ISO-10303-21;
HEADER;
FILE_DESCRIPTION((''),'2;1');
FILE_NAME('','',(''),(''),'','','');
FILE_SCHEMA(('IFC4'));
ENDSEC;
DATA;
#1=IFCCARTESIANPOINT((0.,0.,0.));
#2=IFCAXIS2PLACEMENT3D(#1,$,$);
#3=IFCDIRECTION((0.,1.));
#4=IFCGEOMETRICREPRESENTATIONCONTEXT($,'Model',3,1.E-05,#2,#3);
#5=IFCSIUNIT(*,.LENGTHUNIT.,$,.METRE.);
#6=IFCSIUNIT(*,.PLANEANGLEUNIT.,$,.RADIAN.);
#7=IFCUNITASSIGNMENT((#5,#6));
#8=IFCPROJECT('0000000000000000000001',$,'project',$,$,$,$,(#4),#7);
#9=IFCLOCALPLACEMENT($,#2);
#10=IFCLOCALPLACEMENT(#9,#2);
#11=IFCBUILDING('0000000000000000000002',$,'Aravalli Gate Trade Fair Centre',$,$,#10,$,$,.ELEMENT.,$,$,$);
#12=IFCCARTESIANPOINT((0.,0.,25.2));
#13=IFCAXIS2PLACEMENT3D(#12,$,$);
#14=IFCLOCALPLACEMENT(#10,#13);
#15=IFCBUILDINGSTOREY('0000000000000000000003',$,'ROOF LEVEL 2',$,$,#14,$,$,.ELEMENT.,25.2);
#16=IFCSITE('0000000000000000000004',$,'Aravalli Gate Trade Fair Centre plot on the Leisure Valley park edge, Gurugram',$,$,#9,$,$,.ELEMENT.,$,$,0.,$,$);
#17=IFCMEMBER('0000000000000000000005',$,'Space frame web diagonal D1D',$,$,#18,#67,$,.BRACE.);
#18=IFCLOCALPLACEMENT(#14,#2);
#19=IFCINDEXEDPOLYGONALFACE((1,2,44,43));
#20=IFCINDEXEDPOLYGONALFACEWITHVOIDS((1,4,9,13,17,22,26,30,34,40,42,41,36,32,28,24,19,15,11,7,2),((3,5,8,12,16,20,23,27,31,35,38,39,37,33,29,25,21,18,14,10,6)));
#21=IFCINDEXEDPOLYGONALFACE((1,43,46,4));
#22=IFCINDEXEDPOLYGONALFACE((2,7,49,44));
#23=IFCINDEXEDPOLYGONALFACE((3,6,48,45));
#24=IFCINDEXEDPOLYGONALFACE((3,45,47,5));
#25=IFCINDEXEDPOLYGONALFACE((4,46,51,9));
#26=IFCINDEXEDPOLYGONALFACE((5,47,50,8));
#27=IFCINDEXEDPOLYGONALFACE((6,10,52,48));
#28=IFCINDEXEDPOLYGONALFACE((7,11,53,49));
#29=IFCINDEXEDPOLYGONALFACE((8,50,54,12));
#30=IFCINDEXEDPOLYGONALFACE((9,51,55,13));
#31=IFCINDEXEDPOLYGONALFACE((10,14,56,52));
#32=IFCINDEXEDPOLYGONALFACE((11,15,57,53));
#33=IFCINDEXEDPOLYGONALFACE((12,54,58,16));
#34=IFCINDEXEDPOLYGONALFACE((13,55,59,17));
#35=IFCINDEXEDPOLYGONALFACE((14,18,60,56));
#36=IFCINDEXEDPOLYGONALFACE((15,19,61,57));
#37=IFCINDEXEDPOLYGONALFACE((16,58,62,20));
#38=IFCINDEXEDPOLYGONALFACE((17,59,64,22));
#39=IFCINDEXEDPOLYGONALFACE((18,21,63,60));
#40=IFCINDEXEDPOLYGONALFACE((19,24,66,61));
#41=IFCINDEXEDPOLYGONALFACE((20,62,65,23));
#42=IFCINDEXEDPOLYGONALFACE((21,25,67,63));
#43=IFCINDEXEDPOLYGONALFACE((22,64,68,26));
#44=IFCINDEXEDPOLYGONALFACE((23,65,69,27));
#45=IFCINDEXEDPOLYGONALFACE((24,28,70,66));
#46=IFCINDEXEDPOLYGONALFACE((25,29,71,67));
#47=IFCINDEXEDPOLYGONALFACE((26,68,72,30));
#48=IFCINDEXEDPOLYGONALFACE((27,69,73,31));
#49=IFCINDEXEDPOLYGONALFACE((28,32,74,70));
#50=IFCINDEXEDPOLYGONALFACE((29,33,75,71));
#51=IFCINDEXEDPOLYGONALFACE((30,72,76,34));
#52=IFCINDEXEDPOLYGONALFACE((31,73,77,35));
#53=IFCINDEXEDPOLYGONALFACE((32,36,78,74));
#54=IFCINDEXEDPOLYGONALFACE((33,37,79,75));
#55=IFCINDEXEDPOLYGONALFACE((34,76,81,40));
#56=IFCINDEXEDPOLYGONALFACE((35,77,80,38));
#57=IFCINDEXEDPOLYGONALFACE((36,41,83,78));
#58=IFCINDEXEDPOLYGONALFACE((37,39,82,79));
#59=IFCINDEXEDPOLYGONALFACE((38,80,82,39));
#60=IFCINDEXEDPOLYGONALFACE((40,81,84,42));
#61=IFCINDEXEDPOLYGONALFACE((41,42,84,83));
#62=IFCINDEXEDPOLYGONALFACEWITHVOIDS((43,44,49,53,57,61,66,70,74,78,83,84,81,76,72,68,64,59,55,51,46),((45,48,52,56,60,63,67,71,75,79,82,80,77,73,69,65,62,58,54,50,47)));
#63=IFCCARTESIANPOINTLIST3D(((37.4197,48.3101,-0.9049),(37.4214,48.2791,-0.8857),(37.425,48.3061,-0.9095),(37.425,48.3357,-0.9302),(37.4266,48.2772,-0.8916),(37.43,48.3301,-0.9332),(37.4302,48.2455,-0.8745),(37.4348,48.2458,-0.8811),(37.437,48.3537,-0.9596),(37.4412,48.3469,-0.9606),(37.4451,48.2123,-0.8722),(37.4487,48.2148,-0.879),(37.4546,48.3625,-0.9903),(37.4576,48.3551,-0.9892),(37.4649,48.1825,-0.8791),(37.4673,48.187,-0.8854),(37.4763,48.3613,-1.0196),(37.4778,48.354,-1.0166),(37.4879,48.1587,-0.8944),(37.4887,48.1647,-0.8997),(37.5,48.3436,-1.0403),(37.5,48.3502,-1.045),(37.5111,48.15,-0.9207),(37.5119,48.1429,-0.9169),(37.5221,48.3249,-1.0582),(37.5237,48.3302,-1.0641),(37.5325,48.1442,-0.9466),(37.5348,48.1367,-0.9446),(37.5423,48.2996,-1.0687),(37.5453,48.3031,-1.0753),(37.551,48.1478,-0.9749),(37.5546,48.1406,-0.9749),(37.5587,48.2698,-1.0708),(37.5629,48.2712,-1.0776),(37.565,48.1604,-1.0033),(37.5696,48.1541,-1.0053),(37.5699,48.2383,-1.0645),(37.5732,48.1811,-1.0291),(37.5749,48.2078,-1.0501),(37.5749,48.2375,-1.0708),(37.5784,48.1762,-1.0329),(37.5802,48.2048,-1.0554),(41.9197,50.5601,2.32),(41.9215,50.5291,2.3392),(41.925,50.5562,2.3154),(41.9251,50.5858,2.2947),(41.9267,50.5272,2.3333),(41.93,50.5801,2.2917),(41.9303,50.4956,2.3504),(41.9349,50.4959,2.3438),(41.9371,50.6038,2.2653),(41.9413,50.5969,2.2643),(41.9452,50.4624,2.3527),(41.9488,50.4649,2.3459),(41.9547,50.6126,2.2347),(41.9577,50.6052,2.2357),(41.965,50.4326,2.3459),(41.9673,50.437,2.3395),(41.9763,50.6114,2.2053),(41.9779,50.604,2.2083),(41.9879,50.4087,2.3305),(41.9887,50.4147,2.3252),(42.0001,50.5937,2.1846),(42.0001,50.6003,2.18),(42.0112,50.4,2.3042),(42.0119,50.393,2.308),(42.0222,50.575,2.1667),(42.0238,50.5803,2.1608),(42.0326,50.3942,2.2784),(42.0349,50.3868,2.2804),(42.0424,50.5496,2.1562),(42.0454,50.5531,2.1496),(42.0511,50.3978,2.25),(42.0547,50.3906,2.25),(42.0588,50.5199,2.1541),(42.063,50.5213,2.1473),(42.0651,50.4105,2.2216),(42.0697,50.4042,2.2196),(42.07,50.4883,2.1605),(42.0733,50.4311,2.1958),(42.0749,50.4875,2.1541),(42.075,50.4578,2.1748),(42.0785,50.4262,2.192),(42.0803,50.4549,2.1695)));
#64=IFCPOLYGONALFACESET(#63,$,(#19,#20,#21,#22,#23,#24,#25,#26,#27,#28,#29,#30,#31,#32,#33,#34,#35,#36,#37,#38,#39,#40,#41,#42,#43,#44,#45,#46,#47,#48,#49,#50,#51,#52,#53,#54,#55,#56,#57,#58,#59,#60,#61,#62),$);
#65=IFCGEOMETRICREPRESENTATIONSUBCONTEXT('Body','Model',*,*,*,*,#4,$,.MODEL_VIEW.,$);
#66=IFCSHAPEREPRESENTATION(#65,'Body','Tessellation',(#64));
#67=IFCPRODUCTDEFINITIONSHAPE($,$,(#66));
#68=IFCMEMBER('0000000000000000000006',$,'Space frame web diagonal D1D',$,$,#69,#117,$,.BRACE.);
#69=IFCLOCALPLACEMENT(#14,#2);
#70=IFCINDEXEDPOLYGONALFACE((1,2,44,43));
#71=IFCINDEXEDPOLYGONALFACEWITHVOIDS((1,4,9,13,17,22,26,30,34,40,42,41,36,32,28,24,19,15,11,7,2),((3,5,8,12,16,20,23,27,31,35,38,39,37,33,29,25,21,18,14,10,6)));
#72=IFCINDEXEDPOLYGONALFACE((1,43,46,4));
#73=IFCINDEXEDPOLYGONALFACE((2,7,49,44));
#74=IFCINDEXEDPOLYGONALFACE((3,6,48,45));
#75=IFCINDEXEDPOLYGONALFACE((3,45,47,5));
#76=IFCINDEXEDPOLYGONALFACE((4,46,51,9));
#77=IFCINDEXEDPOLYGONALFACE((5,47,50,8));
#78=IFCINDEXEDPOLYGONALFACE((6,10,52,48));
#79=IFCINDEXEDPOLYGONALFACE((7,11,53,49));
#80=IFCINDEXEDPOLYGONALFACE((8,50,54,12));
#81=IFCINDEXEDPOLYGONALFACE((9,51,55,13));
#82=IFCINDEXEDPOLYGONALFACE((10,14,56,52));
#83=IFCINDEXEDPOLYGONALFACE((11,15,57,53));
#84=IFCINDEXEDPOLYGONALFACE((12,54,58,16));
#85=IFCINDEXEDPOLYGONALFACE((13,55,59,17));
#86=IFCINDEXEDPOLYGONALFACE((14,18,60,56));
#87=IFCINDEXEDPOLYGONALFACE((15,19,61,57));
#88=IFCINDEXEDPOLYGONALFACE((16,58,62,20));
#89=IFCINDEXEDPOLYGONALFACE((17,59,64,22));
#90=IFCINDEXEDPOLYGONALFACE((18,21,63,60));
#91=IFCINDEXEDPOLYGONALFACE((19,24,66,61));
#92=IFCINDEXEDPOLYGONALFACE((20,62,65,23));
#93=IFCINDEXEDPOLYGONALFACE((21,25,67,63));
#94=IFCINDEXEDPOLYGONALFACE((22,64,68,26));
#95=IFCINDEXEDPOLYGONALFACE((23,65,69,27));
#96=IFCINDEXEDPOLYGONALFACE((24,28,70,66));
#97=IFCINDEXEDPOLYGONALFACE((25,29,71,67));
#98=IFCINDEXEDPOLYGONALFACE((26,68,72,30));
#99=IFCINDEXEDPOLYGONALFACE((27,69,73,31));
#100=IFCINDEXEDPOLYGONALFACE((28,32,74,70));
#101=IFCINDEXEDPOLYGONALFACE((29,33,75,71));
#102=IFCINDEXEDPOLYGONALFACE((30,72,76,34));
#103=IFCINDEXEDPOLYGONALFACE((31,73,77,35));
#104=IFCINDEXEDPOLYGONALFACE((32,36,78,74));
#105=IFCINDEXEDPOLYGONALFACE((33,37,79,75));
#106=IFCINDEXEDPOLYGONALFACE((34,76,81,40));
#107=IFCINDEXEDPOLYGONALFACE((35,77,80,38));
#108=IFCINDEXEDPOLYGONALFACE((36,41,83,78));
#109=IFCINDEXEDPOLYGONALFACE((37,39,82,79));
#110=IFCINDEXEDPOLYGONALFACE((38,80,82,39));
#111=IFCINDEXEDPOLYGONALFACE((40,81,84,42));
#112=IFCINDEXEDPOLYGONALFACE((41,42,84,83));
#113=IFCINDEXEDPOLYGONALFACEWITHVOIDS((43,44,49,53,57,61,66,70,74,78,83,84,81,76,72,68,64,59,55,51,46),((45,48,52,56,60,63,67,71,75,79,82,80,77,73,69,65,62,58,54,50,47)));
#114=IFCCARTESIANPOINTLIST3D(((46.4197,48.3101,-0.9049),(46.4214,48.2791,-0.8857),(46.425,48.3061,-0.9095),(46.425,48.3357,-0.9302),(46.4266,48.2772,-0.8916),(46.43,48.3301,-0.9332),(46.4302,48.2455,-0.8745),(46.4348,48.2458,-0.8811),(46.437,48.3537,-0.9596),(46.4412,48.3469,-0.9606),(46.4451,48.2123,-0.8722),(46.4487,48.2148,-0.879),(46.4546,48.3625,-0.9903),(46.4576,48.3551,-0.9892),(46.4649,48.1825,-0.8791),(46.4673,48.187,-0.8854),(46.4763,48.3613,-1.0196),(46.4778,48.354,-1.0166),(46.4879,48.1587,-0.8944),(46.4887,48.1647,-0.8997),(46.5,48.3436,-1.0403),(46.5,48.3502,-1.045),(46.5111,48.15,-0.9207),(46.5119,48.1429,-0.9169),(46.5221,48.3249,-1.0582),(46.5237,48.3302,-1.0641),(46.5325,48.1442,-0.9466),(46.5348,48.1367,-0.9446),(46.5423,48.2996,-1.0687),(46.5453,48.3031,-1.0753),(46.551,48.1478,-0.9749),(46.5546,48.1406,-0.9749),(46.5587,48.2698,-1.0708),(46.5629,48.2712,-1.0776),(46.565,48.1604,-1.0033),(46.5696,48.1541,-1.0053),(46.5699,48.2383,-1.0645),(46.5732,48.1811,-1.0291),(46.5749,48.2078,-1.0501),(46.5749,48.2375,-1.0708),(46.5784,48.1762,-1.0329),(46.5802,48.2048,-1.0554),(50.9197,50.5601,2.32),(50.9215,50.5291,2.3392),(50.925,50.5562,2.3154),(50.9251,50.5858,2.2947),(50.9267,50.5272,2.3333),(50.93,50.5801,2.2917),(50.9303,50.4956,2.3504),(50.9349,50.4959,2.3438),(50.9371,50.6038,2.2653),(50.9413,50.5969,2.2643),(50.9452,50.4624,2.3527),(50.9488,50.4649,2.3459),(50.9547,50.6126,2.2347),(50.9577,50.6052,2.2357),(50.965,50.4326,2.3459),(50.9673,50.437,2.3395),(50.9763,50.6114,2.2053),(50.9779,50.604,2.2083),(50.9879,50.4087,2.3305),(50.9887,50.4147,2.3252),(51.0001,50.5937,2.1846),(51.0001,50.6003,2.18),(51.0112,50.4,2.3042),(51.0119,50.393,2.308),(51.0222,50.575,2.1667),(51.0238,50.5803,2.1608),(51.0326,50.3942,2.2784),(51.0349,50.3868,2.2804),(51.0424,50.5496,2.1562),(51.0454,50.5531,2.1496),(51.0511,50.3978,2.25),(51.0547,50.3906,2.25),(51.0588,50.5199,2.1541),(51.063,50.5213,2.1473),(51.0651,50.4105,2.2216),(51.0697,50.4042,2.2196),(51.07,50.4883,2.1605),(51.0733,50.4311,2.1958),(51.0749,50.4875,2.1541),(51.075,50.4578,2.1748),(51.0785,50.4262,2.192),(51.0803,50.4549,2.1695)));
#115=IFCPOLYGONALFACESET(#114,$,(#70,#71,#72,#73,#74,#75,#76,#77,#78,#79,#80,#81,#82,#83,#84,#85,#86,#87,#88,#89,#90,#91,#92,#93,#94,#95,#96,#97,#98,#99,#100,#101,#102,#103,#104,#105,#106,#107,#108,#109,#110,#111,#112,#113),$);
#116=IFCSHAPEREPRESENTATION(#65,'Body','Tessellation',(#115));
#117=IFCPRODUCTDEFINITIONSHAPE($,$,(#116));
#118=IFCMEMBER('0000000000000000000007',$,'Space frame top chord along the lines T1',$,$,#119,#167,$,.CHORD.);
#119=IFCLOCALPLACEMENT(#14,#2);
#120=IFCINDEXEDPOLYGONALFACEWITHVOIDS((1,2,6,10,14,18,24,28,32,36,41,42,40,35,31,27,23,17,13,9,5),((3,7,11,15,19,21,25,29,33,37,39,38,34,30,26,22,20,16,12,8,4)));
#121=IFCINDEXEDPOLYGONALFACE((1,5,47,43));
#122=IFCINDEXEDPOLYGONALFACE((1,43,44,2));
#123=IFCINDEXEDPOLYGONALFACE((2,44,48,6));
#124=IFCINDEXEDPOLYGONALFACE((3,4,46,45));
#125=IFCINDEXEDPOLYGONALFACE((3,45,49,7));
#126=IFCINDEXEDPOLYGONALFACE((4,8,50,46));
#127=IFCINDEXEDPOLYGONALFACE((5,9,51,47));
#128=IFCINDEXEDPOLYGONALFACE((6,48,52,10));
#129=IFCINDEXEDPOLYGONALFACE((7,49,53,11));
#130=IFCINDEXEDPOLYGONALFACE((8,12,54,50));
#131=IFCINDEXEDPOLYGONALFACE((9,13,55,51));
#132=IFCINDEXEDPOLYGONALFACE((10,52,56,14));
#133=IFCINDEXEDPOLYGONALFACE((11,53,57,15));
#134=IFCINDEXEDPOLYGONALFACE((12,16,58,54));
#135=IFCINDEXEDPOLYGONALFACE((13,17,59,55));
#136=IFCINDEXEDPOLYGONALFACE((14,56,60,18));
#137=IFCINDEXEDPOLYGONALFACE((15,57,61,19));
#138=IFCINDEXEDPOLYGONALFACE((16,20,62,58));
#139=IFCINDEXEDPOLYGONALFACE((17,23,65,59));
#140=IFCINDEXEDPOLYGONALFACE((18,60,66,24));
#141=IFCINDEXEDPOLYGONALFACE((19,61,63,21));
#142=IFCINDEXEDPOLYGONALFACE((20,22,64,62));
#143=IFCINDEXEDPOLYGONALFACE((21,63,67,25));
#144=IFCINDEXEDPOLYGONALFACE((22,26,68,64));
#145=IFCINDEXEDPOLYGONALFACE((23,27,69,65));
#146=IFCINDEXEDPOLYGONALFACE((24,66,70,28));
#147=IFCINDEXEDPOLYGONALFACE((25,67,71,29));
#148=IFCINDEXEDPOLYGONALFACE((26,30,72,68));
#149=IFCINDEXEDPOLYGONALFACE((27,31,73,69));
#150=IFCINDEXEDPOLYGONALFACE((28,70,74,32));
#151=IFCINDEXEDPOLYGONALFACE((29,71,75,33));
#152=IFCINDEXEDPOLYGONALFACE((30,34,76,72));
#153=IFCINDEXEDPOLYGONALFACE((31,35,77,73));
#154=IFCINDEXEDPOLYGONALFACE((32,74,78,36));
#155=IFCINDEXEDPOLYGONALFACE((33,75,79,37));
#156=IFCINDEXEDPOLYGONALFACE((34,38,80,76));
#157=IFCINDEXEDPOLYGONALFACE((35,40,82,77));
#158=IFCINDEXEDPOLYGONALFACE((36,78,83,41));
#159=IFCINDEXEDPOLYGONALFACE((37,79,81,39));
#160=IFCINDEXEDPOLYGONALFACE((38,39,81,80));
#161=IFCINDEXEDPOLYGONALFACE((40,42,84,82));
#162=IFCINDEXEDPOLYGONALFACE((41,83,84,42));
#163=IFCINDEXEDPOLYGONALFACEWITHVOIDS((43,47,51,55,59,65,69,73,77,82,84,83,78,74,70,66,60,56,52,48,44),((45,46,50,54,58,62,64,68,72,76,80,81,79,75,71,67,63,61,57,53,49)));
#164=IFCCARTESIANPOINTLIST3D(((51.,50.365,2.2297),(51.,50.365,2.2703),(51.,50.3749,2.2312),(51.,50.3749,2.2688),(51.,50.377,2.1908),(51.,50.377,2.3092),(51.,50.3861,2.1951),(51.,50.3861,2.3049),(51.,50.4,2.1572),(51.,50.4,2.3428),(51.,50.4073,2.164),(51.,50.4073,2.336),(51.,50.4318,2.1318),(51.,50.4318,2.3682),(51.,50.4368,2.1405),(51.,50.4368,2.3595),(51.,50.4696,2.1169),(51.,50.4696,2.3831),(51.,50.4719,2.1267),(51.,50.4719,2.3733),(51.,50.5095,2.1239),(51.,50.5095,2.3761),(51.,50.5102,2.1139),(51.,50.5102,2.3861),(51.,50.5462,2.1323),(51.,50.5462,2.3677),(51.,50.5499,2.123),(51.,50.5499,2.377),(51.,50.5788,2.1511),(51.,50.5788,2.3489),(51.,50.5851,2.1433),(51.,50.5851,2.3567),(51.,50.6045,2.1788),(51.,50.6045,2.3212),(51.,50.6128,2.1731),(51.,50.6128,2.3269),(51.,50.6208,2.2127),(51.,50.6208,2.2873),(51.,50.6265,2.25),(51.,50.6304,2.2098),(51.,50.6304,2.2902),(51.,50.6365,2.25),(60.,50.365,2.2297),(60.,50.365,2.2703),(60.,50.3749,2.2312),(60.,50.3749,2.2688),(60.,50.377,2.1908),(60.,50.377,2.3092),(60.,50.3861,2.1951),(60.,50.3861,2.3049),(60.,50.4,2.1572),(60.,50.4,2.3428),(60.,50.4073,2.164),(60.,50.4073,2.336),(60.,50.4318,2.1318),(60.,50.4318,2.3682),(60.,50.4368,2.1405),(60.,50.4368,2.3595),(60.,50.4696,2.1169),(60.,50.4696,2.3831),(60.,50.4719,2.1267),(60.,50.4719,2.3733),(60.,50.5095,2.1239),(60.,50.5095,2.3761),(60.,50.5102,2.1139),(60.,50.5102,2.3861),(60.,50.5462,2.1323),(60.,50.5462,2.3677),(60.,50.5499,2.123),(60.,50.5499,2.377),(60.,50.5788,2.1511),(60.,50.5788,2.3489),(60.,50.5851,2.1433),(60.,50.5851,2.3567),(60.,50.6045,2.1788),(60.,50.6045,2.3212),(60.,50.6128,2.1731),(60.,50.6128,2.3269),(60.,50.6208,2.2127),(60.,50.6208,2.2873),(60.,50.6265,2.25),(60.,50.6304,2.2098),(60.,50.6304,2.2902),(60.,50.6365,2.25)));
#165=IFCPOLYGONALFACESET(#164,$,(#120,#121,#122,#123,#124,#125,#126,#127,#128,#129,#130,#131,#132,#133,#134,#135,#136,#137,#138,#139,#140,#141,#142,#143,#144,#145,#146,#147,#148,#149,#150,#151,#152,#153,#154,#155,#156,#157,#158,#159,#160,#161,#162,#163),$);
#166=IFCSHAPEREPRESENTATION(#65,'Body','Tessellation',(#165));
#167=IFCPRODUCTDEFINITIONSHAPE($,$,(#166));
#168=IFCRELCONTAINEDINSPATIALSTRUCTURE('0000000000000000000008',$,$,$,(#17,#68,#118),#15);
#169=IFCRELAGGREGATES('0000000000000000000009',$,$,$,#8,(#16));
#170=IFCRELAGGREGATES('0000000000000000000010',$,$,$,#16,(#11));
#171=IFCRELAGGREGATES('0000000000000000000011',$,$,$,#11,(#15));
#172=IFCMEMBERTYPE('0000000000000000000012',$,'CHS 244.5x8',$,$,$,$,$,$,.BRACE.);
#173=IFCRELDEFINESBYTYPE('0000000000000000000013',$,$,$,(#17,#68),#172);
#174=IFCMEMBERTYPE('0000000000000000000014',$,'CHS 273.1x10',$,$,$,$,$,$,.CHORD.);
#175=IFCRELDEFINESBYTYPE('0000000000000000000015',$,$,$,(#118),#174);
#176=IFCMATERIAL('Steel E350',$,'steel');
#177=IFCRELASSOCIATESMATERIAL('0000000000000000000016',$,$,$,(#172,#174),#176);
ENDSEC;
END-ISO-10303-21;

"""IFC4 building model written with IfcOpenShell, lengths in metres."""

from ifc_helpers import new_model, si_unit, direction, frame, origin, origin_2d, place, context, subcontext, project, spatial, hollow_circle, extrude, material, material_profile, profile_set, type_object, element, save


model = new_model("IFC4")

# Units and contexts
model_context = context("Model", 3, precision=1e-05, world=origin(), true_north=direction((0.0, 1.0)))
body_context = subcontext(model_context, "Body", "Model", "MODEL_VIEW")
ifc_project = project(units=[si_unit("LENGTHUNIT", "METRE"), si_unit("PLANEANGLEUNIT", "RADIAN")], contexts=[model_context])

# Site, building, storey
site_placement = place(None, origin())
site = spatial("IfcSite", under=ifc_project, at=site_placement, Name="Aravalli Gate Trade Fair Centre plot on the Leisure Valley park edge, Gurugram", CompositionType="ELEMENT", RefElevation=0.0)
building_placement = place(site_placement, origin())
building = spatial("IfcBuilding", under=site, at=building_placement, Name="Aravalli Gate Trade Fair Centre", CompositionType="ELEMENT")
storey_placement = place(building_placement, frame((0.0, 0.0, 25.2)))
storey = spatial("IfcBuildingStorey", under=building, at=storey_placement, Name="ROOF LEVEL 2", CompositionType="ELEMENT", Elevation=25.2)

# Members
ifc_material_1 = material(Name="Steel E350", Category="steel")
ifc_material_profile_1 = material_profile(ifc_material_1, hollow_circle(Radius=0.1223, WallThickness=0.0081, at=origin_2d()), Name="CHS 244.5x8")
ifc_profile_set_1 = profile_set([ifc_material_profile_1], Name="Steel E350")
member_type_1 = type_object("IfcMemberType", Name="CHS 244.5x8", PredefinedType="BRACE", material=ifc_profile_set_1)
for number, where, z_axis, x_axis, name in (
    (1, (42.0, 50.5, 2.25), (-0.753016, -0.376508, -0.539637), (0.447214, -0.894427, 0.0), "Space frame web diagonal D1D"),
    (2, (51.0, 50.5, 2.25), (-0.753016, -0.376508, -0.539637), (0.447214, -0.894427, 0.0), "Space frame web diagonal D1D"),
):
    element("IfcMember", number, at=place(storey_placement, frame(where, z_axis=z_axis, x_axis=x_axis)), inside=storey, type_object=member_type_1, Name=name, PredefinedType="BRACE", context=body_context, shape_type="SweptSolid", body=[
        extrude(hollow_circle(Radius=0.1223, WallThickness=0.0081, at=origin_2d()), origin(), (0.0, 0.0, 1.0), 5.9761),
    ])
ifc_material_profile_2 = material_profile(ifc_material_1, hollow_circle(Radius=0.1365, WallThickness=0.01, at=origin_2d()), Name="CHS 273.1x10")
ifc_profile_set_2 = profile_set([ifc_material_profile_2], Name="Steel E350")
member_type_2 = type_object("IfcMemberType", Name="CHS 273.1x10", PredefinedType="CHORD", material=ifc_profile_set_2)
member_1_placement = place(storey_placement, frame((51.0, 50.5, 2.25), z_axis=(1.0, 0.0, 0.0), x_axis=(0.0, 1.0, 0.0)))
element("IfcMember", 3, at=member_1_placement, inside=storey, type_object=member_type_2, Name="Space frame top chord along the lines T1", PredefinedType="CHORD", context=body_context, shape_type="SweptSolid", body=[
    extrude(hollow_circle(Radius=0.1365, WallThickness=0.01, at=origin_2d()), origin(), (0.0, 0.0, 1.0), 9.0),
])

save(model, "model.ifc")
